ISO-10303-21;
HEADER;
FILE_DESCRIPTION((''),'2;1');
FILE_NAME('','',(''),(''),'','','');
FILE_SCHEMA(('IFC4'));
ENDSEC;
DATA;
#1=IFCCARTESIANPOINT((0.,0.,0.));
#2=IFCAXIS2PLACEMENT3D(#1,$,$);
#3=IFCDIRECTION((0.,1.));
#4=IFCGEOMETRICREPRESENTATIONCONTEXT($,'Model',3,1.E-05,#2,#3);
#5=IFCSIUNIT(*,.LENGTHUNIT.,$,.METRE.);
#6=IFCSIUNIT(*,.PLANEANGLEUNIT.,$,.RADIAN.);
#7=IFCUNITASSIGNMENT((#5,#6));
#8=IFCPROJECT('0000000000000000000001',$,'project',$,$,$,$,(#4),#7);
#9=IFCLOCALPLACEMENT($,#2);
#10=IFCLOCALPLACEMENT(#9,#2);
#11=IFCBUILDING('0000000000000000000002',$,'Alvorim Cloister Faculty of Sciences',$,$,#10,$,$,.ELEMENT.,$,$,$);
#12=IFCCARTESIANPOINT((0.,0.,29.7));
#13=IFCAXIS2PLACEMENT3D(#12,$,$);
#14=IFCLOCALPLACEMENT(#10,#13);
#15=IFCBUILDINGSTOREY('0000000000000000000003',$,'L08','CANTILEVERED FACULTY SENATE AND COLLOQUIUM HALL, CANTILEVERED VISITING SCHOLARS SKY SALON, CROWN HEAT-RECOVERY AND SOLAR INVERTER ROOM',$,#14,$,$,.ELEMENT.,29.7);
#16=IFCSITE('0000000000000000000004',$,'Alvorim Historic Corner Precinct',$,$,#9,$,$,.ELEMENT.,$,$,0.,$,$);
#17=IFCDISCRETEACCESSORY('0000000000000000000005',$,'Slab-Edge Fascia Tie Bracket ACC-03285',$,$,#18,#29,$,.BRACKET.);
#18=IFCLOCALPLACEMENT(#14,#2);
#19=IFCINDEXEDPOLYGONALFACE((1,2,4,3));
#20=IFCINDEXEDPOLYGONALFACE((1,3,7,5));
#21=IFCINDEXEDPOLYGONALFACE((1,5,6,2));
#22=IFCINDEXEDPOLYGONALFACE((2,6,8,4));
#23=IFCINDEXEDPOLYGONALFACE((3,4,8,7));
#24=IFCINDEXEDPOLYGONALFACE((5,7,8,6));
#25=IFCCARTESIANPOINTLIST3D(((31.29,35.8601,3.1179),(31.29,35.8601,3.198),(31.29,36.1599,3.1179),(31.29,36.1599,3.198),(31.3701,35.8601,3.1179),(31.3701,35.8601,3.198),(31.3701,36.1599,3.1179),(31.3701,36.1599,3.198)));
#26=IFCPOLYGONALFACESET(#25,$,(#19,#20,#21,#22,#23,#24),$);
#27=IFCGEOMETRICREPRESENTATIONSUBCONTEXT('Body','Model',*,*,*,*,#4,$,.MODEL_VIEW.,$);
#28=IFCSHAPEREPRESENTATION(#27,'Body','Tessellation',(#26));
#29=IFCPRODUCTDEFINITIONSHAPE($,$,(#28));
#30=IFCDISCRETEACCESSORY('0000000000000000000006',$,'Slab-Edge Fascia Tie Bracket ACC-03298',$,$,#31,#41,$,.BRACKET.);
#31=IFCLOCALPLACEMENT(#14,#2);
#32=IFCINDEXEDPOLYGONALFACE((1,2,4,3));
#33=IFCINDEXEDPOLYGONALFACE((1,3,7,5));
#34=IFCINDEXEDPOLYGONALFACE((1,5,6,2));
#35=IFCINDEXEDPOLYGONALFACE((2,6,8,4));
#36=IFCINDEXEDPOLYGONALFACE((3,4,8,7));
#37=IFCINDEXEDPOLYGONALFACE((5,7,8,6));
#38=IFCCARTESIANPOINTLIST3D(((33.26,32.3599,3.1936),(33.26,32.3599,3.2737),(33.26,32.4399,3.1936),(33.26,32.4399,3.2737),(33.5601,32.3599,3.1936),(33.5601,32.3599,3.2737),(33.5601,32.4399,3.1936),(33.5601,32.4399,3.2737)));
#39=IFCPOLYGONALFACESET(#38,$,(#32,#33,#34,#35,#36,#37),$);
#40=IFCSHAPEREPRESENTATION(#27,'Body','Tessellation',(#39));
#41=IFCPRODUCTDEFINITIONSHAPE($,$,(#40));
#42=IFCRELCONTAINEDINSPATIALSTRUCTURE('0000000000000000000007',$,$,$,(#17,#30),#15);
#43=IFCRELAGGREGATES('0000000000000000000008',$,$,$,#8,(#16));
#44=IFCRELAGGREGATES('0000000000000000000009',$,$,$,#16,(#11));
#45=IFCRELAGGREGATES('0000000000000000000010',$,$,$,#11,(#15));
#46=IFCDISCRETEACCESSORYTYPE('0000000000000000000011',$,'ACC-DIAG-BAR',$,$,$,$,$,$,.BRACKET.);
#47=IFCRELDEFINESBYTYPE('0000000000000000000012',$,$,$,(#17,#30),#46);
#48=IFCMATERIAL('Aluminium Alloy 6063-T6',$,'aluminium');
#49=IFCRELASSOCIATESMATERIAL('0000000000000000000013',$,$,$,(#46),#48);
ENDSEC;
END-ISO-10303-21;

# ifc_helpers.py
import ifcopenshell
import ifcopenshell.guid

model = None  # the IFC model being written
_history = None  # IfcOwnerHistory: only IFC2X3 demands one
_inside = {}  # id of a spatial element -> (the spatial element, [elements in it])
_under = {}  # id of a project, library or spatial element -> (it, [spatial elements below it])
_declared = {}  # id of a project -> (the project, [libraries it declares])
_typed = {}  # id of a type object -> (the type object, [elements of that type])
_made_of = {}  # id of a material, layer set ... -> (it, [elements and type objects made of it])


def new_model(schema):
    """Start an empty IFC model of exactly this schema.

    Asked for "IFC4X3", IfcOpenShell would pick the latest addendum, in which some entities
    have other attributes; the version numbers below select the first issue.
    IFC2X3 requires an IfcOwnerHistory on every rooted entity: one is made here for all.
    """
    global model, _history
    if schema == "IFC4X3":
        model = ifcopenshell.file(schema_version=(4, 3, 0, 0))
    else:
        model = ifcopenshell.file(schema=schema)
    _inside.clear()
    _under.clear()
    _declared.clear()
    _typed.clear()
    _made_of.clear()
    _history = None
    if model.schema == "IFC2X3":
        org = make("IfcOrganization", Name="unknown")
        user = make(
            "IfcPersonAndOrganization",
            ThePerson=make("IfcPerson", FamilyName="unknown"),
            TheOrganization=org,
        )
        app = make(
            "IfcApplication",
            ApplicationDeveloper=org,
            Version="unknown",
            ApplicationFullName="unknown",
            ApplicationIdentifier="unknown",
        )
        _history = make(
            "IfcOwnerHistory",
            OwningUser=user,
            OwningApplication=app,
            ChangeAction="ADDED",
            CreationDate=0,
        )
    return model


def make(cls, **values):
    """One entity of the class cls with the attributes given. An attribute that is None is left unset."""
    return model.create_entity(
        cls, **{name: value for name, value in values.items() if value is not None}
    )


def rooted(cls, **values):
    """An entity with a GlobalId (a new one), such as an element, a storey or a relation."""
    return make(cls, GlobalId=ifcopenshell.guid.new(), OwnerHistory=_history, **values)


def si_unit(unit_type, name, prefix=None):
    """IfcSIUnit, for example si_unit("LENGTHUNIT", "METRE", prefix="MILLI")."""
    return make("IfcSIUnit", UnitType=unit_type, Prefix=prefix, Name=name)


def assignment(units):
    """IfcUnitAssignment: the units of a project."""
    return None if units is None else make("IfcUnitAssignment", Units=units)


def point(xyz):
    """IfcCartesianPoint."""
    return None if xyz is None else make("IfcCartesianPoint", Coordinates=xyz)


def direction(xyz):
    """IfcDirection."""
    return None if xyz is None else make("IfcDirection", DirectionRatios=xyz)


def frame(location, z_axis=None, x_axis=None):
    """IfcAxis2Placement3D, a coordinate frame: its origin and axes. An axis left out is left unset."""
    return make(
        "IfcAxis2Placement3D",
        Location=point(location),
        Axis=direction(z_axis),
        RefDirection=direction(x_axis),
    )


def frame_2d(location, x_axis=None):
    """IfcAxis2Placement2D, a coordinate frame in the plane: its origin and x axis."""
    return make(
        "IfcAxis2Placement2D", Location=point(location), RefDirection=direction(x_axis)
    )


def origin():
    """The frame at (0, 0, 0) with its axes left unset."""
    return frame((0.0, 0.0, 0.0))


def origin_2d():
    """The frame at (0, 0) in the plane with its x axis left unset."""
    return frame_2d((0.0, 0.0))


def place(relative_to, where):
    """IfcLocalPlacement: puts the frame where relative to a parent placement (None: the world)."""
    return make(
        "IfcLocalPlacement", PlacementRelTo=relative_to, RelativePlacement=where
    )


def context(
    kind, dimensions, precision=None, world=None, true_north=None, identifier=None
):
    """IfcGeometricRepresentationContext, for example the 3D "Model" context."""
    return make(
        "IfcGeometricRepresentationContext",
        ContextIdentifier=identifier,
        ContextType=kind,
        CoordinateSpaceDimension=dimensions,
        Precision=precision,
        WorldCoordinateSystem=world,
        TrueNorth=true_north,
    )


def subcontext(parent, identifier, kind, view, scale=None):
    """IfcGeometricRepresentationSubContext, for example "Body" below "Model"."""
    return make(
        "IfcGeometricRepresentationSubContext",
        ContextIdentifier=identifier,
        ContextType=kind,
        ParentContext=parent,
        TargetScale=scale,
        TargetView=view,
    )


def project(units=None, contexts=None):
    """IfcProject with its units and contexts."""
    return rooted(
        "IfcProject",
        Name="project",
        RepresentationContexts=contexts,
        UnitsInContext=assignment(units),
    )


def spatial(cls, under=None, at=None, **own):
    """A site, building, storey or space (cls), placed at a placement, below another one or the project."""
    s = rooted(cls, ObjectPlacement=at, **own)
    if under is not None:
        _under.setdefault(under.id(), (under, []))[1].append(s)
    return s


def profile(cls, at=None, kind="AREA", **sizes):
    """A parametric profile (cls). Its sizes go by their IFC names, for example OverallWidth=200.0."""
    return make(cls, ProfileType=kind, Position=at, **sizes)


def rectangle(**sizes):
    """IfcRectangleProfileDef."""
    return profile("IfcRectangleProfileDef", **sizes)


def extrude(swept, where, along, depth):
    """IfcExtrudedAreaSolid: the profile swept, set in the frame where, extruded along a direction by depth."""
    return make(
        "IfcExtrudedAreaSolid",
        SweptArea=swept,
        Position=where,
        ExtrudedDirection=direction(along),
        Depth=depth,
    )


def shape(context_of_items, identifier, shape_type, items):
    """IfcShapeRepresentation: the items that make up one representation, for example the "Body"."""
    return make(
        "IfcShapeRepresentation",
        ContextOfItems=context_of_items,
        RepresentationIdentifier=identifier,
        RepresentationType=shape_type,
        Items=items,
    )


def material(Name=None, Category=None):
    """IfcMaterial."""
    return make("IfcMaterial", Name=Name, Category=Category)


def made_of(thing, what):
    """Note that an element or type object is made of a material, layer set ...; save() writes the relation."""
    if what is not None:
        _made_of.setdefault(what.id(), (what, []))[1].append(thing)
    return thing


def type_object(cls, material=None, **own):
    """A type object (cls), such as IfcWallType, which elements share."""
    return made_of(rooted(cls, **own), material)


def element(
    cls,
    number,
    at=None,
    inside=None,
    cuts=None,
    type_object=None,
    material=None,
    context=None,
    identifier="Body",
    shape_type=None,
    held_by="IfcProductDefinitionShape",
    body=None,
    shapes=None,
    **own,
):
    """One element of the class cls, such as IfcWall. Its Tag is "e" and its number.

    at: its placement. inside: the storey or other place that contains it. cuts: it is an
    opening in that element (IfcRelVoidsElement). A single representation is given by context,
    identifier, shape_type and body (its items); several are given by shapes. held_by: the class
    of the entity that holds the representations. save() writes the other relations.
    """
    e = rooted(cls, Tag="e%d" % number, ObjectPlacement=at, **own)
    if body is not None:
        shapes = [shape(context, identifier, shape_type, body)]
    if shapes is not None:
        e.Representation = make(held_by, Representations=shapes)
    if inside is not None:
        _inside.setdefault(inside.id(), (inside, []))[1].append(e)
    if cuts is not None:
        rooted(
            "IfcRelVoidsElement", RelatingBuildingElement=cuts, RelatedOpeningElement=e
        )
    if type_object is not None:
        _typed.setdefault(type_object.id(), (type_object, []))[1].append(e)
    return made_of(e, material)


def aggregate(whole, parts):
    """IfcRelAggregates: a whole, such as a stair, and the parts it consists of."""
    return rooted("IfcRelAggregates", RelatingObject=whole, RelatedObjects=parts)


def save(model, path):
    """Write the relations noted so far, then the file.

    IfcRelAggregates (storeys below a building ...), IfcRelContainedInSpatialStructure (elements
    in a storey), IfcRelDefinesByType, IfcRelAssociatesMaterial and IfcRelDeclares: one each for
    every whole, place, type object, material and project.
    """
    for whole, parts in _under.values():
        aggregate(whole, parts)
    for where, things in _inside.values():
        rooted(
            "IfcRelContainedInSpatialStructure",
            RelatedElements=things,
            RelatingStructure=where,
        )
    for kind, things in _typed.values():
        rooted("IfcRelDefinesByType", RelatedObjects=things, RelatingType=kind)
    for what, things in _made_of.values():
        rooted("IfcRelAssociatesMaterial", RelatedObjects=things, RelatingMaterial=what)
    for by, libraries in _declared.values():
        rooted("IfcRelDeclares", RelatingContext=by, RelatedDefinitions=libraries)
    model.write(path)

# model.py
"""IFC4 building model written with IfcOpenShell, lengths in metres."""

from ifc_helpers import new_model, si_unit, direction, frame, origin, origin_2d, place, context, subcontext, project, spatial, rectangle, extrude, material, type_object, element, save


model = new_model("IFC4")

# Units and contexts
model_context = context("Model", 3, precision=1e-05, world=origin(), true_north=direction((0.0, 1.0)))
body_context = subcontext(model_context, "Body", "Model", "MODEL_VIEW")
ifc_project = project(units=[si_unit("LENGTHUNIT", "METRE"), si_unit("PLANEANGLEUNIT", "RADIAN")], contexts=[model_context])

# Site, building, storey
site_placement = place(None, origin())
site = spatial("IfcSite", under=ifc_project, at=site_placement, Name="Alvorim Historic Corner Precinct", CompositionType="ELEMENT", RefElevation=0.0)
building_placement = place(site_placement, origin())
building = spatial("IfcBuilding", under=site, at=building_placement, Name="Alvorim Cloister Faculty of Sciences", CompositionType="ELEMENT")
storey_placement = place(building_placement, frame((0.0, 0.0, 29.7)))
storey = spatial("IfcBuildingStorey", under=building, at=storey_placement, Name="L08", Description="CANTILEVERED FACULTY SENATE AND COLLOQUIUM HALL, CANTILEVERED VISITING SCHOLARS SKY SALON, CROWN HEAT-RECOVERY AND SOLAR INVERTER ROOM", CompositionType="ELEMENT", Elevation=29.7)

# Shared definitions
ifc_material_1 = material(Name="Aluminium Alloy 6063-T6", Category="aluminium")

# Discrete accessories
discrete_accessory_type = type_object("IfcDiscreteAccessoryType", Name="ACC-DIAG-BAR", PredefinedType="BRACKET", material=ifc_material_1)
discrete_accessory_1_placement = place(storey_placement, frame((31.3301, 35.8601, 3.158), z_axis=(0.0, 1.0, 0.0), x_axis=(-1.0, 0.0, 0.0)))
element("IfcDiscreteAccessory", 1, at=discrete_accessory_1_placement, inside=storey, type_object=discrete_accessory_type, Name="Slab-Edge Fascia Tie Bracket ACC-03285", PredefinedType="BRACKET", context=body_context, shape_type="SweptSolid", body=[
    extrude(rectangle(XDim=0.0801, YDim=0.0801, at=origin_2d()), origin(), (0.0, 0.0, 1.0), 0.2998),
])
discrete_accessory_2_placement = place(storey_placement, frame((33.26, 32.3999, 3.2336), z_axis=(1.0, 0.0, 0.0), x_axis=(0.0, 1.0, 0.0)))
element("IfcDiscreteAccessory", 2, at=discrete_accessory_2_placement, inside=storey, type_object=discrete_accessory_type, Name="Slab-Edge Fascia Tie Bracket ACC-03298", PredefinedType="BRACKET", context=body_context, shape_type="SweptSolid", body=[
    extrude(rectangle(XDim=0.0801, YDim=0.0801, at=origin_2d()), origin(), (0.0, 0.0, 1.0), 0.3),
])

save(model, "model.ifc")
